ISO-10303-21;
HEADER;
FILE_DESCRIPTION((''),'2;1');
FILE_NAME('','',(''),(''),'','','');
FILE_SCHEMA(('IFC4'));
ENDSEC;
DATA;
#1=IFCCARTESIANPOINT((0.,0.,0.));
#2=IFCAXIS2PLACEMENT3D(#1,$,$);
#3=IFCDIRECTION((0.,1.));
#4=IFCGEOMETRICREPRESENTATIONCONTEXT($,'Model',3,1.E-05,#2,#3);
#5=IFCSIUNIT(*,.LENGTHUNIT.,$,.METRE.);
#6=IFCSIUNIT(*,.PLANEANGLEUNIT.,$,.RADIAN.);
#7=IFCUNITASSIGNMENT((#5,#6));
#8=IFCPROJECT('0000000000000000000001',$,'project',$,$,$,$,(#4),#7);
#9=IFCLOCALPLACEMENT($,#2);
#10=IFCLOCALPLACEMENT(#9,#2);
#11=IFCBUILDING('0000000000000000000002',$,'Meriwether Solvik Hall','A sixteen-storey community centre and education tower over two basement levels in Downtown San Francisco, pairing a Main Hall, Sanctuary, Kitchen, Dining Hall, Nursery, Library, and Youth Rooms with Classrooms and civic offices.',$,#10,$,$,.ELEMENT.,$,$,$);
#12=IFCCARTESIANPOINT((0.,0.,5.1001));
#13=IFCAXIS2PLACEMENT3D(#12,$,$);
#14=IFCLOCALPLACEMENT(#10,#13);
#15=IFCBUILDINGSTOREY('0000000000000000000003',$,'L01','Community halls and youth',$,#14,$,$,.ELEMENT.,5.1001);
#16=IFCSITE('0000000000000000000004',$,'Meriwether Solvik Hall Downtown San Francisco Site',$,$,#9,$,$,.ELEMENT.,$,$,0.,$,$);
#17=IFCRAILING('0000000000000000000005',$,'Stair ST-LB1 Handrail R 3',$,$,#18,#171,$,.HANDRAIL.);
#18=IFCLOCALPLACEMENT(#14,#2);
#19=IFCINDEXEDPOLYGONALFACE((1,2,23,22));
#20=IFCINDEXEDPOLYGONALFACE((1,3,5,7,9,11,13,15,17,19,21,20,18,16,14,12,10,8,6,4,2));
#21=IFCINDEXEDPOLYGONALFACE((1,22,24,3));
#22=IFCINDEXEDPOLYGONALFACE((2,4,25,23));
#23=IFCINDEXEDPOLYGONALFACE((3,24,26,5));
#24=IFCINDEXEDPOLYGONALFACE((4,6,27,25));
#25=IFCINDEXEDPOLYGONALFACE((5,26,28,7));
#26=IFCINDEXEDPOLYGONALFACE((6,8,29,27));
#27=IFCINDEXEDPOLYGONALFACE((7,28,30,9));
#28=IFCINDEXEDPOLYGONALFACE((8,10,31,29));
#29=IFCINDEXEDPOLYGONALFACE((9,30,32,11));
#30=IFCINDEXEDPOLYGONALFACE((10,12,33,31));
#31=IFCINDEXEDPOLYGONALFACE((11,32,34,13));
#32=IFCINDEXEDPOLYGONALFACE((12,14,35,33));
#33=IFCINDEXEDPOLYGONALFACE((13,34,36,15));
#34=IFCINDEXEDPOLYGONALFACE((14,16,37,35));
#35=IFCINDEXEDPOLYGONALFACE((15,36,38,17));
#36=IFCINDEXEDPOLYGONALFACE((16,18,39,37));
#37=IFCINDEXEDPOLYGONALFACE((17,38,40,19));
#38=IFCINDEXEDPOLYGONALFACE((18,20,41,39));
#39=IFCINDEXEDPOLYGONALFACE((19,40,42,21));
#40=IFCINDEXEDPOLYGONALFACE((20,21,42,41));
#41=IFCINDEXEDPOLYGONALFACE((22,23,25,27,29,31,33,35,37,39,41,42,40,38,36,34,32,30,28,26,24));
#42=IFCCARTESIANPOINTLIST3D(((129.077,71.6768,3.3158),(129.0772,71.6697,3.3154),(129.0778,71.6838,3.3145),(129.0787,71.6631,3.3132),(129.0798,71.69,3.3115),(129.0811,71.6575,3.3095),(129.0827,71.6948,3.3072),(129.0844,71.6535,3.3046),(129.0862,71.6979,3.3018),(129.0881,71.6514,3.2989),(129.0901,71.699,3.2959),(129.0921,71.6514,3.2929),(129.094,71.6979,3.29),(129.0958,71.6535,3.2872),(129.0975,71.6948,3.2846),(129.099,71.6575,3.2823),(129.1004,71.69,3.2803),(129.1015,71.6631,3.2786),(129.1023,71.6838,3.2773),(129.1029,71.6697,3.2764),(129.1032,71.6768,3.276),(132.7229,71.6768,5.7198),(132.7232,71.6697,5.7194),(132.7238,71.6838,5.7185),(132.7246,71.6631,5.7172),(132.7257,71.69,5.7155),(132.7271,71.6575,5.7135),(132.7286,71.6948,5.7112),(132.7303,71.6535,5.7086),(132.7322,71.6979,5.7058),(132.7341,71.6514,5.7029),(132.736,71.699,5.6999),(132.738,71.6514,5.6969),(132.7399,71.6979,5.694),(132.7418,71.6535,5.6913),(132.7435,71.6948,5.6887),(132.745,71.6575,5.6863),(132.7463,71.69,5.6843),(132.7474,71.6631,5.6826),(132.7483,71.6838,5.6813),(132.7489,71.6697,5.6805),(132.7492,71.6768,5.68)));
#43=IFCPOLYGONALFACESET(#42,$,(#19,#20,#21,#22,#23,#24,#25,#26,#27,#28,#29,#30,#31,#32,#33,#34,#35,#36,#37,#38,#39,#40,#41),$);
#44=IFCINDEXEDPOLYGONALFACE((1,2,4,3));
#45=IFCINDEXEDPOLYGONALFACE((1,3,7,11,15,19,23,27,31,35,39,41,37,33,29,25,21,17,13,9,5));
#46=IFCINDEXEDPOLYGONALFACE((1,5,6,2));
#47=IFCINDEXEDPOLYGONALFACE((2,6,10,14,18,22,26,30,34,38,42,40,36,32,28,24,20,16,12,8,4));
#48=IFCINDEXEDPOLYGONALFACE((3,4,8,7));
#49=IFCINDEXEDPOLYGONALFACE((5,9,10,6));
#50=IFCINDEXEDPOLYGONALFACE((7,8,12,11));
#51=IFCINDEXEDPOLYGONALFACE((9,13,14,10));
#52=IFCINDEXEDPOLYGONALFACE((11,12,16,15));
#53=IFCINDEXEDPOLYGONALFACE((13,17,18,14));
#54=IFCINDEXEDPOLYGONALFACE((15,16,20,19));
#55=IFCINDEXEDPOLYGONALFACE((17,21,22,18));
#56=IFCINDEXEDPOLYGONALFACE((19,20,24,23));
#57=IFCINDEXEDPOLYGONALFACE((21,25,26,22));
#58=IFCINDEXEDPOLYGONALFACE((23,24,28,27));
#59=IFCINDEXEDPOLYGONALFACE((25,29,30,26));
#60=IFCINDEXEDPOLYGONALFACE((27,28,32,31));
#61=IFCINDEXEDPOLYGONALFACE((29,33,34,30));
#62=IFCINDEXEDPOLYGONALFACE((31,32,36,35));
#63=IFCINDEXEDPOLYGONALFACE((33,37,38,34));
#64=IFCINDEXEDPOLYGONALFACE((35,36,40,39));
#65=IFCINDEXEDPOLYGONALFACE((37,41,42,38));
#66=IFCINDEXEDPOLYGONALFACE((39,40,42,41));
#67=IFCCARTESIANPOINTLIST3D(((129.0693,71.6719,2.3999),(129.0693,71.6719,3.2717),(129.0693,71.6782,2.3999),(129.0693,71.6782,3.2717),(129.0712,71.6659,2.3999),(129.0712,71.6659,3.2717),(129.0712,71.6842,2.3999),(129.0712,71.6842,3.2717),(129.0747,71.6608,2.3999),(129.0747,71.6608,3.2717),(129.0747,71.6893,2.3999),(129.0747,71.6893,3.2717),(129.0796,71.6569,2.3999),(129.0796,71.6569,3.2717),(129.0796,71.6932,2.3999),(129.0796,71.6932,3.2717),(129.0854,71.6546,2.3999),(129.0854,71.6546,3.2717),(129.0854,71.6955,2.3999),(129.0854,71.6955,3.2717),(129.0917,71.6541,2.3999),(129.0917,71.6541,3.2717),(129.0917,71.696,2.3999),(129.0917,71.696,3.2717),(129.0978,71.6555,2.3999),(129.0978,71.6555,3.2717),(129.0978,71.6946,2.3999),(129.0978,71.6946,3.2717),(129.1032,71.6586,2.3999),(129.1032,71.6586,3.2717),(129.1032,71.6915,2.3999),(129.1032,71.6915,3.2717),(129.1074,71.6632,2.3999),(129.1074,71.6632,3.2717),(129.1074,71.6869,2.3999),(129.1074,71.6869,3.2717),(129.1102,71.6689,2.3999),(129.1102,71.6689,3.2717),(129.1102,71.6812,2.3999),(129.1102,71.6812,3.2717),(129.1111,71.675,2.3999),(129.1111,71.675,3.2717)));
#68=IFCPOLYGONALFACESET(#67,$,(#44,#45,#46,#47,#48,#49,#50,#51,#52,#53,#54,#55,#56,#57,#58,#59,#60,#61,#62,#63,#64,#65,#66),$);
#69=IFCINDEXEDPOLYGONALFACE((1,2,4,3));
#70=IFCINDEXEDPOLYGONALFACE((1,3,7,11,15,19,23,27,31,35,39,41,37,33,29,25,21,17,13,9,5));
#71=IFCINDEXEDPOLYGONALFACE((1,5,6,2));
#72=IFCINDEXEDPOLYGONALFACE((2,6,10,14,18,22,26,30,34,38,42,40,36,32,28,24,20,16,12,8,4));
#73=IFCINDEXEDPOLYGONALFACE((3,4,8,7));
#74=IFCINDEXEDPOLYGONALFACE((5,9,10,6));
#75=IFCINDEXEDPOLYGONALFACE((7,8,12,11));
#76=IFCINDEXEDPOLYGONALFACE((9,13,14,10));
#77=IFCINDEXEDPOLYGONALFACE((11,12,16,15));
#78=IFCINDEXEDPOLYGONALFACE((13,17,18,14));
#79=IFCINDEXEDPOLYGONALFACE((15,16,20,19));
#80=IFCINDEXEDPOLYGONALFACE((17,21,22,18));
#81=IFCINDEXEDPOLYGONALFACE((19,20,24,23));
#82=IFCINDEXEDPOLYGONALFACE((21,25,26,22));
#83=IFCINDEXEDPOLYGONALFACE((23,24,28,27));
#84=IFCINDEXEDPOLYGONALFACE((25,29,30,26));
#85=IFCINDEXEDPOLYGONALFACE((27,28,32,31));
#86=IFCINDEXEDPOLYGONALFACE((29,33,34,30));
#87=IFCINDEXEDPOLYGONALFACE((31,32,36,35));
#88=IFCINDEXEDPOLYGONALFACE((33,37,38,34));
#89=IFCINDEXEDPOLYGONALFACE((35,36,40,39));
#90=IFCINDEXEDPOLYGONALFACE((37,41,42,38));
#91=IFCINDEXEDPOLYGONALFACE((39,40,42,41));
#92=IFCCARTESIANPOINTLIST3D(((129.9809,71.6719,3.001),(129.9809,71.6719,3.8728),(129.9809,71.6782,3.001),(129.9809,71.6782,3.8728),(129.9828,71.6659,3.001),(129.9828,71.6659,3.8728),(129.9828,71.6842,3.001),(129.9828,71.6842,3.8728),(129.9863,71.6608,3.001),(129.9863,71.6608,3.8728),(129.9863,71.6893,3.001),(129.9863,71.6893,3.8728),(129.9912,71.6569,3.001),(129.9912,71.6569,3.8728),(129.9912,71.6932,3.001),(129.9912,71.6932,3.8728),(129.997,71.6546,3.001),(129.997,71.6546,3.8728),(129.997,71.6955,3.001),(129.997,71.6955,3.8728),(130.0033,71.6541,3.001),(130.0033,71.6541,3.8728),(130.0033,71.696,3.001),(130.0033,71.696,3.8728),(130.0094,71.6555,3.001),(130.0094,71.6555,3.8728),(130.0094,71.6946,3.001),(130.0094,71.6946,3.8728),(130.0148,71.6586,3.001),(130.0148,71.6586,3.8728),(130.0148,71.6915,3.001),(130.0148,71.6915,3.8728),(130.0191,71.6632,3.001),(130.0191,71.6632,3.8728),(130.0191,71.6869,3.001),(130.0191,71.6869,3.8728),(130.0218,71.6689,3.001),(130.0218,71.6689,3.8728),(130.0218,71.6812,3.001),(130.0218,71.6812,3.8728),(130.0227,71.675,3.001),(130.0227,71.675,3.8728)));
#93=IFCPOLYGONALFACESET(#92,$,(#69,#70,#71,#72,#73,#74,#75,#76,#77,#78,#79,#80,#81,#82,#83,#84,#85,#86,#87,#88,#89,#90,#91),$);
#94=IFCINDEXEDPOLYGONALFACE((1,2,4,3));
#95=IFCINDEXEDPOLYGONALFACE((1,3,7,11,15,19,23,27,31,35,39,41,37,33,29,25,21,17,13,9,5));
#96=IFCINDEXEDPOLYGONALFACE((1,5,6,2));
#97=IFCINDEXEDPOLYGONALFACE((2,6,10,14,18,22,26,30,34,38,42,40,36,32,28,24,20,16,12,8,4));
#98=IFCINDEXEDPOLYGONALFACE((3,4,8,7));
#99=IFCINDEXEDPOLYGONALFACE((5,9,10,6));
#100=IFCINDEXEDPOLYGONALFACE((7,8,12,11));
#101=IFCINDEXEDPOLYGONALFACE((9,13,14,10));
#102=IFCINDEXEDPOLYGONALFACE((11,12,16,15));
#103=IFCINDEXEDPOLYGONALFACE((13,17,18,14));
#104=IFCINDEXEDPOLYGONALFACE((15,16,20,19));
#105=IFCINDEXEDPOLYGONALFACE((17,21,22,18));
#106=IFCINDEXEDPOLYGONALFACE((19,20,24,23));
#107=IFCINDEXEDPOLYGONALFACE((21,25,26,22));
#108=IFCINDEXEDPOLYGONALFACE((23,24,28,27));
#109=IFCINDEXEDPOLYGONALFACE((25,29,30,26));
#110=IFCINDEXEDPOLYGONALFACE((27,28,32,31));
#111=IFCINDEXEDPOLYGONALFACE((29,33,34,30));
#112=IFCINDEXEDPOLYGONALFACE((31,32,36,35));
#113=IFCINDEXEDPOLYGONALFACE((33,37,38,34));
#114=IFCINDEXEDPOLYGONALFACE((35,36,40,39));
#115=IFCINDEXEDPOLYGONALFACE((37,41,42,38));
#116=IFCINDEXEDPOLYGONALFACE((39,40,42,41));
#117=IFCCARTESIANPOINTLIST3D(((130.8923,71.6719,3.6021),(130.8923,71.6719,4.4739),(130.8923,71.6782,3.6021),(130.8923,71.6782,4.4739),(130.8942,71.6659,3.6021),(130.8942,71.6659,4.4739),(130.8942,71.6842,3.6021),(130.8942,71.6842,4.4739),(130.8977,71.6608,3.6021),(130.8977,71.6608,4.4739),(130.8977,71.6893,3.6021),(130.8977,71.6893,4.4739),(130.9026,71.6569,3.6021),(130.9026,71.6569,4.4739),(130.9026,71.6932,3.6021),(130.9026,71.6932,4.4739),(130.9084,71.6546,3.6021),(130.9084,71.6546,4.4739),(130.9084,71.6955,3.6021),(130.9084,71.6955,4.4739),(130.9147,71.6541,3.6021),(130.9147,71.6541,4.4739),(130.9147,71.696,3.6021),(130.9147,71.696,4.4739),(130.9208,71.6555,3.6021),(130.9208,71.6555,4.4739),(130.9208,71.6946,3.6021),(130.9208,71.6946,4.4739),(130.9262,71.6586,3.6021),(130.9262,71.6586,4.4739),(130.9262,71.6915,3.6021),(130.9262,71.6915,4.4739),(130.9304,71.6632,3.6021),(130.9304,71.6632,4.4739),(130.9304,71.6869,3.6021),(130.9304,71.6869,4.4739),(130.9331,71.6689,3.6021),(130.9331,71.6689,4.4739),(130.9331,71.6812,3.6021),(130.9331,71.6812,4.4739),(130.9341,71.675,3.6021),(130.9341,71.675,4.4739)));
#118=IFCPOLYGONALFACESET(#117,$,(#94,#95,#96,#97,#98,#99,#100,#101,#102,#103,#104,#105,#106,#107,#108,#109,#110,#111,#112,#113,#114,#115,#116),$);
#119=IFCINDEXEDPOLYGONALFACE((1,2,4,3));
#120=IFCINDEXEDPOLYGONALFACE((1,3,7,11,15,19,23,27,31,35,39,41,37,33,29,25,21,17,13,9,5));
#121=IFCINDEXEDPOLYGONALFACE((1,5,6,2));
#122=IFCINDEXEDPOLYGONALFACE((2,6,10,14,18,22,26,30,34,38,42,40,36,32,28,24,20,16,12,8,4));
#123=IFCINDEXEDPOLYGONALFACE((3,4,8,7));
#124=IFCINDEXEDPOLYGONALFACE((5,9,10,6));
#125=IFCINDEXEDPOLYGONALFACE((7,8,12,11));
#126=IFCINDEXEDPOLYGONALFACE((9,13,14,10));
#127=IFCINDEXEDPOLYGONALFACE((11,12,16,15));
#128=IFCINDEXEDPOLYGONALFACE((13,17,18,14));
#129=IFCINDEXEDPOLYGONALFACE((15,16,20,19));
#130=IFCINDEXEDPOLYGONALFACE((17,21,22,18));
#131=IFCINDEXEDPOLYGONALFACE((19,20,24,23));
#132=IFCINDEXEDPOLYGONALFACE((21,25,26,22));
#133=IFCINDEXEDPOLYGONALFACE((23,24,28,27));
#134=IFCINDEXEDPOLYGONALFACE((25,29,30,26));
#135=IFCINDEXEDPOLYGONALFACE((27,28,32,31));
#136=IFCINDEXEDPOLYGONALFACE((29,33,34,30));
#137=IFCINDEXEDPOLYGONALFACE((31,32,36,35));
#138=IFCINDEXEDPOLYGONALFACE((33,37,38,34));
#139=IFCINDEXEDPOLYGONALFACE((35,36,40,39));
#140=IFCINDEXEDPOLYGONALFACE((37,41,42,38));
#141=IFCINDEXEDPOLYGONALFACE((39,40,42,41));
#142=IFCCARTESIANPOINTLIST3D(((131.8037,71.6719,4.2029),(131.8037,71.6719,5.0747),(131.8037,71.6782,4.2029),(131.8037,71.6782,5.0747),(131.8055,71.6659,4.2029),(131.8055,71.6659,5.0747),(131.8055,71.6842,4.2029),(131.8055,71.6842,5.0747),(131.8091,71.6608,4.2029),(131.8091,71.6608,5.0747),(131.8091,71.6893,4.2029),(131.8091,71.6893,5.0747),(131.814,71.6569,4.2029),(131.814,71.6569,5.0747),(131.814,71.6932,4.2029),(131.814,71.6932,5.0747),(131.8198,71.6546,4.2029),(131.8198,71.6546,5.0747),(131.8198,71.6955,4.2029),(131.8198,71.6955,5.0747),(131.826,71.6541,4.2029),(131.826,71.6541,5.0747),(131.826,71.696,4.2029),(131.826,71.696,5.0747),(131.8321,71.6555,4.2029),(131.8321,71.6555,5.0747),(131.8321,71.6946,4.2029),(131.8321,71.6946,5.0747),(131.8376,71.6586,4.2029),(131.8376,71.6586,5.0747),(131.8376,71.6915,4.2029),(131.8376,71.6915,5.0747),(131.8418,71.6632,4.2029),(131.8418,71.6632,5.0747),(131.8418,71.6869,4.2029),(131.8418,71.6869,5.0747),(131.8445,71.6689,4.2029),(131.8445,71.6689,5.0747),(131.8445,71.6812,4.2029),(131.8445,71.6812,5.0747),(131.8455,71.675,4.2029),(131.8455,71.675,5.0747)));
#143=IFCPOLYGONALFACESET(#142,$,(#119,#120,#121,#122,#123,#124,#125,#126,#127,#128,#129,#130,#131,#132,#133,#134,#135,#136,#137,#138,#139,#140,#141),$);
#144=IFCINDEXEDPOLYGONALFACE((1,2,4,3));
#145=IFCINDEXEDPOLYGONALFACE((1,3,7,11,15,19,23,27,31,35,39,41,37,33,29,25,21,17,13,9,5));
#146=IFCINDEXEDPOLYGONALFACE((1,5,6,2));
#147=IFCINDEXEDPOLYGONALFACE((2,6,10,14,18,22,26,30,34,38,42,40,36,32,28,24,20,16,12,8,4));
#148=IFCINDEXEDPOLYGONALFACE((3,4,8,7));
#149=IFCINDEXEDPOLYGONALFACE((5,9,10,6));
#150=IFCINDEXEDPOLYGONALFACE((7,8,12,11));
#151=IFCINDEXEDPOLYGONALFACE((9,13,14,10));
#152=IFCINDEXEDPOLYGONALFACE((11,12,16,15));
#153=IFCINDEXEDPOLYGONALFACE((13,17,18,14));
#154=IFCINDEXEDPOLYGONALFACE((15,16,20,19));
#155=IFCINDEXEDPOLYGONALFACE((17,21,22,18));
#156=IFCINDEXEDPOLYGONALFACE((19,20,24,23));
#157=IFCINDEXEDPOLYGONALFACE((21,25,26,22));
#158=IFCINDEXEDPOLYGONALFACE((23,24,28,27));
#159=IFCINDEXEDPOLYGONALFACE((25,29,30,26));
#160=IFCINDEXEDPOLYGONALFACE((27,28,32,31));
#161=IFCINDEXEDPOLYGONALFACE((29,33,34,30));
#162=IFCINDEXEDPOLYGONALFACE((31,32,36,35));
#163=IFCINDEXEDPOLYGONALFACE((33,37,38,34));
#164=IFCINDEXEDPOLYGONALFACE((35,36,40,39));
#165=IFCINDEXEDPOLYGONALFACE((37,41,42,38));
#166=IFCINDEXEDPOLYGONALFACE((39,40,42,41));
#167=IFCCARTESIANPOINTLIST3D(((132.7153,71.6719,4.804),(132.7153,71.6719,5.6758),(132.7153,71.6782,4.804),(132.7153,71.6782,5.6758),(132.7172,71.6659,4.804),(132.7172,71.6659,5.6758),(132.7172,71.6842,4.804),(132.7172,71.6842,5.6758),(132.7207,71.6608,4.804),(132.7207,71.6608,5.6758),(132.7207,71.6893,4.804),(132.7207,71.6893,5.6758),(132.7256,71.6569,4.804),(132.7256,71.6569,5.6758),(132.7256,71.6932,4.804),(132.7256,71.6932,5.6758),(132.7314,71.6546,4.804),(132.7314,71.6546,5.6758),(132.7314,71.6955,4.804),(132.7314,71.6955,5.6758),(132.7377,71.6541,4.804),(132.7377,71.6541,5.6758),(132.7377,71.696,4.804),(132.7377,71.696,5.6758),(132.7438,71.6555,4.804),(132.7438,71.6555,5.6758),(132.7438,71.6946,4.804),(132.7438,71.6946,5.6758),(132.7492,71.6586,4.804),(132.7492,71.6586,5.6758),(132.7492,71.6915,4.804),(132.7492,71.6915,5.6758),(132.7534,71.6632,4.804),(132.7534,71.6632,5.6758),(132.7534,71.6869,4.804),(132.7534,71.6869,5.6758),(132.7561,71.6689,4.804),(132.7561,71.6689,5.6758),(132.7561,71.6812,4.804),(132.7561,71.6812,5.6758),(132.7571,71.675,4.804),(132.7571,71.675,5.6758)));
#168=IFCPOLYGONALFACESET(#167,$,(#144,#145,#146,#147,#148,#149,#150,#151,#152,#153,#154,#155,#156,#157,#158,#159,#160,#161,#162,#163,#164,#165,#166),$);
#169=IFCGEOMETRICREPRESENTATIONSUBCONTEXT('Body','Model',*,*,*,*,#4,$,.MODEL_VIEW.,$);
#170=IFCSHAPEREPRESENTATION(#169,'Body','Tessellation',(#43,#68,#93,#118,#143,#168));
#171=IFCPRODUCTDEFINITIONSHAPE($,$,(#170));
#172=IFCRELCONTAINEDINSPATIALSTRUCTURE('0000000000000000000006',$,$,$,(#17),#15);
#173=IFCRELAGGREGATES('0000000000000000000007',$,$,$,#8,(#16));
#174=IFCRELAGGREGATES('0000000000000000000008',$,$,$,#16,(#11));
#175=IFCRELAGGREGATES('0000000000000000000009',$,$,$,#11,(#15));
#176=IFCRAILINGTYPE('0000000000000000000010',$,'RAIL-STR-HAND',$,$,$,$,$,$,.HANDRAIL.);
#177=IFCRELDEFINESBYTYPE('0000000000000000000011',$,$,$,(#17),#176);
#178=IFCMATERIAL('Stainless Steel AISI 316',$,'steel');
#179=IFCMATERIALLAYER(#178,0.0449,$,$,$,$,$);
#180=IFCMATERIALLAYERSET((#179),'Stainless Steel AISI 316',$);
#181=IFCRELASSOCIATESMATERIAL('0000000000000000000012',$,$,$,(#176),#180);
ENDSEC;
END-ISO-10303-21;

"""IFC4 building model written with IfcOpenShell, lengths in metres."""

from ifc_helpers import new_model, si_unit, direction, frame, origin, origin_2d, place, context, subcontext, project, spatial, circle, extrude, material, layer, layer_set, type_object, element, save


model = new_model("IFC4")

# Units and contexts
model_context = context("Model", 3, precision=1e-05, world=origin(), true_north=direction((0.0, 1.0)))
body_context = subcontext(model_context, "Body", "Model", "MODEL_VIEW")
ifc_project = project(units=[si_unit("LENGTHUNIT", "METRE"), si_unit("PLANEANGLEUNIT", "RADIAN")], contexts=[model_context])

# Site, building, storey
site_placement = place(None, origin())
site = spatial("IfcSite", under=ifc_project, at=site_placement, Name="Meriwether Solvik Hall Downtown San Francisco Site", CompositionType="ELEMENT", RefElevation=0.0)
building_placement = place(site_placement, origin())
building = spatial("IfcBuilding", under=site, at=building_placement, Name="Meriwether Solvik Hall", Description="A sixteen-storey community centre and education tower over two basement levels in Downtown San Francisco, pairing a Main Hall, Sanctuary, Kitchen, Dining Hall, Nursery, Library, and Youth Rooms with Classrooms and civic offices.", CompositionType="ELEMENT")
storey_placement = place(building_placement, frame((0.0, 0.0, 5.1001)))
storey = spatial("IfcBuildingStorey", under=building, at=storey_placement, Name="L01", Description="Community halls and youth", CompositionType="ELEMENT", Elevation=5.1001)

# Railing
ifc_material_1 = material(Name="Stainless Steel AISI 316", Category="steel")
ifc_layer_1 = layer(ifc_material_1, 0.0449)
ifc_layer_set_1 = layer_set([ifc_layer_1], Name="Stainless Steel AISI 316")
railing_type_1 = type_object("IfcRailingType", Name="RAIL-STR-HAND", PredefinedType="HANDRAIL", material=ifc_layer_set_1)
railing_1_placement = place(storey_placement, frame((129.0901, 71.675, 2.3999)))
element("IfcRailing", 1, at=railing_1_placement, inside=storey, type_object=railing_type_1, Name="Stair ST-LB1 Handrail R 3", PredefinedType="HANDRAIL", context=body_context, shape_type="SweptSolid", body=[
    extrude(circle(Radius=0.0239, at=origin_2d()), frame((0.0, 0.0, 0.896), z_axis=(0.834852, 0.0, 0.550475), x_axis=(0.0, 1.0, 0.0)), (0.0, 0.0, 1.0), 4.3672),
    extrude(circle(Radius=0.021, at=origin_2d()), origin(), (0.0, 0.0, 1.0), 0.8718),
    extrude(circle(Radius=0.021, at=origin_2d()), frame((0.9116, 0.0, 0.6011)), (0.0, 0.0, 1.0), 0.8718),
    extrude(circle(Radius=0.021, at=origin_2d()), frame((1.823, 0.0, 1.2021)), (0.0, 0.0, 1.0), 0.8718),
    extrude(circle(Radius=0.021, at=origin_2d()), frame((2.7344, 0.0, 1.803)), (0.0, 0.0, 1.0), 0.8718),
    extrude(circle(Radius=0.021, at=origin_2d()), frame((3.646, 0.0, 2.4041)), (0.0, 0.0, 1.0), 0.8718),
])

save(model, "model.ifc")
